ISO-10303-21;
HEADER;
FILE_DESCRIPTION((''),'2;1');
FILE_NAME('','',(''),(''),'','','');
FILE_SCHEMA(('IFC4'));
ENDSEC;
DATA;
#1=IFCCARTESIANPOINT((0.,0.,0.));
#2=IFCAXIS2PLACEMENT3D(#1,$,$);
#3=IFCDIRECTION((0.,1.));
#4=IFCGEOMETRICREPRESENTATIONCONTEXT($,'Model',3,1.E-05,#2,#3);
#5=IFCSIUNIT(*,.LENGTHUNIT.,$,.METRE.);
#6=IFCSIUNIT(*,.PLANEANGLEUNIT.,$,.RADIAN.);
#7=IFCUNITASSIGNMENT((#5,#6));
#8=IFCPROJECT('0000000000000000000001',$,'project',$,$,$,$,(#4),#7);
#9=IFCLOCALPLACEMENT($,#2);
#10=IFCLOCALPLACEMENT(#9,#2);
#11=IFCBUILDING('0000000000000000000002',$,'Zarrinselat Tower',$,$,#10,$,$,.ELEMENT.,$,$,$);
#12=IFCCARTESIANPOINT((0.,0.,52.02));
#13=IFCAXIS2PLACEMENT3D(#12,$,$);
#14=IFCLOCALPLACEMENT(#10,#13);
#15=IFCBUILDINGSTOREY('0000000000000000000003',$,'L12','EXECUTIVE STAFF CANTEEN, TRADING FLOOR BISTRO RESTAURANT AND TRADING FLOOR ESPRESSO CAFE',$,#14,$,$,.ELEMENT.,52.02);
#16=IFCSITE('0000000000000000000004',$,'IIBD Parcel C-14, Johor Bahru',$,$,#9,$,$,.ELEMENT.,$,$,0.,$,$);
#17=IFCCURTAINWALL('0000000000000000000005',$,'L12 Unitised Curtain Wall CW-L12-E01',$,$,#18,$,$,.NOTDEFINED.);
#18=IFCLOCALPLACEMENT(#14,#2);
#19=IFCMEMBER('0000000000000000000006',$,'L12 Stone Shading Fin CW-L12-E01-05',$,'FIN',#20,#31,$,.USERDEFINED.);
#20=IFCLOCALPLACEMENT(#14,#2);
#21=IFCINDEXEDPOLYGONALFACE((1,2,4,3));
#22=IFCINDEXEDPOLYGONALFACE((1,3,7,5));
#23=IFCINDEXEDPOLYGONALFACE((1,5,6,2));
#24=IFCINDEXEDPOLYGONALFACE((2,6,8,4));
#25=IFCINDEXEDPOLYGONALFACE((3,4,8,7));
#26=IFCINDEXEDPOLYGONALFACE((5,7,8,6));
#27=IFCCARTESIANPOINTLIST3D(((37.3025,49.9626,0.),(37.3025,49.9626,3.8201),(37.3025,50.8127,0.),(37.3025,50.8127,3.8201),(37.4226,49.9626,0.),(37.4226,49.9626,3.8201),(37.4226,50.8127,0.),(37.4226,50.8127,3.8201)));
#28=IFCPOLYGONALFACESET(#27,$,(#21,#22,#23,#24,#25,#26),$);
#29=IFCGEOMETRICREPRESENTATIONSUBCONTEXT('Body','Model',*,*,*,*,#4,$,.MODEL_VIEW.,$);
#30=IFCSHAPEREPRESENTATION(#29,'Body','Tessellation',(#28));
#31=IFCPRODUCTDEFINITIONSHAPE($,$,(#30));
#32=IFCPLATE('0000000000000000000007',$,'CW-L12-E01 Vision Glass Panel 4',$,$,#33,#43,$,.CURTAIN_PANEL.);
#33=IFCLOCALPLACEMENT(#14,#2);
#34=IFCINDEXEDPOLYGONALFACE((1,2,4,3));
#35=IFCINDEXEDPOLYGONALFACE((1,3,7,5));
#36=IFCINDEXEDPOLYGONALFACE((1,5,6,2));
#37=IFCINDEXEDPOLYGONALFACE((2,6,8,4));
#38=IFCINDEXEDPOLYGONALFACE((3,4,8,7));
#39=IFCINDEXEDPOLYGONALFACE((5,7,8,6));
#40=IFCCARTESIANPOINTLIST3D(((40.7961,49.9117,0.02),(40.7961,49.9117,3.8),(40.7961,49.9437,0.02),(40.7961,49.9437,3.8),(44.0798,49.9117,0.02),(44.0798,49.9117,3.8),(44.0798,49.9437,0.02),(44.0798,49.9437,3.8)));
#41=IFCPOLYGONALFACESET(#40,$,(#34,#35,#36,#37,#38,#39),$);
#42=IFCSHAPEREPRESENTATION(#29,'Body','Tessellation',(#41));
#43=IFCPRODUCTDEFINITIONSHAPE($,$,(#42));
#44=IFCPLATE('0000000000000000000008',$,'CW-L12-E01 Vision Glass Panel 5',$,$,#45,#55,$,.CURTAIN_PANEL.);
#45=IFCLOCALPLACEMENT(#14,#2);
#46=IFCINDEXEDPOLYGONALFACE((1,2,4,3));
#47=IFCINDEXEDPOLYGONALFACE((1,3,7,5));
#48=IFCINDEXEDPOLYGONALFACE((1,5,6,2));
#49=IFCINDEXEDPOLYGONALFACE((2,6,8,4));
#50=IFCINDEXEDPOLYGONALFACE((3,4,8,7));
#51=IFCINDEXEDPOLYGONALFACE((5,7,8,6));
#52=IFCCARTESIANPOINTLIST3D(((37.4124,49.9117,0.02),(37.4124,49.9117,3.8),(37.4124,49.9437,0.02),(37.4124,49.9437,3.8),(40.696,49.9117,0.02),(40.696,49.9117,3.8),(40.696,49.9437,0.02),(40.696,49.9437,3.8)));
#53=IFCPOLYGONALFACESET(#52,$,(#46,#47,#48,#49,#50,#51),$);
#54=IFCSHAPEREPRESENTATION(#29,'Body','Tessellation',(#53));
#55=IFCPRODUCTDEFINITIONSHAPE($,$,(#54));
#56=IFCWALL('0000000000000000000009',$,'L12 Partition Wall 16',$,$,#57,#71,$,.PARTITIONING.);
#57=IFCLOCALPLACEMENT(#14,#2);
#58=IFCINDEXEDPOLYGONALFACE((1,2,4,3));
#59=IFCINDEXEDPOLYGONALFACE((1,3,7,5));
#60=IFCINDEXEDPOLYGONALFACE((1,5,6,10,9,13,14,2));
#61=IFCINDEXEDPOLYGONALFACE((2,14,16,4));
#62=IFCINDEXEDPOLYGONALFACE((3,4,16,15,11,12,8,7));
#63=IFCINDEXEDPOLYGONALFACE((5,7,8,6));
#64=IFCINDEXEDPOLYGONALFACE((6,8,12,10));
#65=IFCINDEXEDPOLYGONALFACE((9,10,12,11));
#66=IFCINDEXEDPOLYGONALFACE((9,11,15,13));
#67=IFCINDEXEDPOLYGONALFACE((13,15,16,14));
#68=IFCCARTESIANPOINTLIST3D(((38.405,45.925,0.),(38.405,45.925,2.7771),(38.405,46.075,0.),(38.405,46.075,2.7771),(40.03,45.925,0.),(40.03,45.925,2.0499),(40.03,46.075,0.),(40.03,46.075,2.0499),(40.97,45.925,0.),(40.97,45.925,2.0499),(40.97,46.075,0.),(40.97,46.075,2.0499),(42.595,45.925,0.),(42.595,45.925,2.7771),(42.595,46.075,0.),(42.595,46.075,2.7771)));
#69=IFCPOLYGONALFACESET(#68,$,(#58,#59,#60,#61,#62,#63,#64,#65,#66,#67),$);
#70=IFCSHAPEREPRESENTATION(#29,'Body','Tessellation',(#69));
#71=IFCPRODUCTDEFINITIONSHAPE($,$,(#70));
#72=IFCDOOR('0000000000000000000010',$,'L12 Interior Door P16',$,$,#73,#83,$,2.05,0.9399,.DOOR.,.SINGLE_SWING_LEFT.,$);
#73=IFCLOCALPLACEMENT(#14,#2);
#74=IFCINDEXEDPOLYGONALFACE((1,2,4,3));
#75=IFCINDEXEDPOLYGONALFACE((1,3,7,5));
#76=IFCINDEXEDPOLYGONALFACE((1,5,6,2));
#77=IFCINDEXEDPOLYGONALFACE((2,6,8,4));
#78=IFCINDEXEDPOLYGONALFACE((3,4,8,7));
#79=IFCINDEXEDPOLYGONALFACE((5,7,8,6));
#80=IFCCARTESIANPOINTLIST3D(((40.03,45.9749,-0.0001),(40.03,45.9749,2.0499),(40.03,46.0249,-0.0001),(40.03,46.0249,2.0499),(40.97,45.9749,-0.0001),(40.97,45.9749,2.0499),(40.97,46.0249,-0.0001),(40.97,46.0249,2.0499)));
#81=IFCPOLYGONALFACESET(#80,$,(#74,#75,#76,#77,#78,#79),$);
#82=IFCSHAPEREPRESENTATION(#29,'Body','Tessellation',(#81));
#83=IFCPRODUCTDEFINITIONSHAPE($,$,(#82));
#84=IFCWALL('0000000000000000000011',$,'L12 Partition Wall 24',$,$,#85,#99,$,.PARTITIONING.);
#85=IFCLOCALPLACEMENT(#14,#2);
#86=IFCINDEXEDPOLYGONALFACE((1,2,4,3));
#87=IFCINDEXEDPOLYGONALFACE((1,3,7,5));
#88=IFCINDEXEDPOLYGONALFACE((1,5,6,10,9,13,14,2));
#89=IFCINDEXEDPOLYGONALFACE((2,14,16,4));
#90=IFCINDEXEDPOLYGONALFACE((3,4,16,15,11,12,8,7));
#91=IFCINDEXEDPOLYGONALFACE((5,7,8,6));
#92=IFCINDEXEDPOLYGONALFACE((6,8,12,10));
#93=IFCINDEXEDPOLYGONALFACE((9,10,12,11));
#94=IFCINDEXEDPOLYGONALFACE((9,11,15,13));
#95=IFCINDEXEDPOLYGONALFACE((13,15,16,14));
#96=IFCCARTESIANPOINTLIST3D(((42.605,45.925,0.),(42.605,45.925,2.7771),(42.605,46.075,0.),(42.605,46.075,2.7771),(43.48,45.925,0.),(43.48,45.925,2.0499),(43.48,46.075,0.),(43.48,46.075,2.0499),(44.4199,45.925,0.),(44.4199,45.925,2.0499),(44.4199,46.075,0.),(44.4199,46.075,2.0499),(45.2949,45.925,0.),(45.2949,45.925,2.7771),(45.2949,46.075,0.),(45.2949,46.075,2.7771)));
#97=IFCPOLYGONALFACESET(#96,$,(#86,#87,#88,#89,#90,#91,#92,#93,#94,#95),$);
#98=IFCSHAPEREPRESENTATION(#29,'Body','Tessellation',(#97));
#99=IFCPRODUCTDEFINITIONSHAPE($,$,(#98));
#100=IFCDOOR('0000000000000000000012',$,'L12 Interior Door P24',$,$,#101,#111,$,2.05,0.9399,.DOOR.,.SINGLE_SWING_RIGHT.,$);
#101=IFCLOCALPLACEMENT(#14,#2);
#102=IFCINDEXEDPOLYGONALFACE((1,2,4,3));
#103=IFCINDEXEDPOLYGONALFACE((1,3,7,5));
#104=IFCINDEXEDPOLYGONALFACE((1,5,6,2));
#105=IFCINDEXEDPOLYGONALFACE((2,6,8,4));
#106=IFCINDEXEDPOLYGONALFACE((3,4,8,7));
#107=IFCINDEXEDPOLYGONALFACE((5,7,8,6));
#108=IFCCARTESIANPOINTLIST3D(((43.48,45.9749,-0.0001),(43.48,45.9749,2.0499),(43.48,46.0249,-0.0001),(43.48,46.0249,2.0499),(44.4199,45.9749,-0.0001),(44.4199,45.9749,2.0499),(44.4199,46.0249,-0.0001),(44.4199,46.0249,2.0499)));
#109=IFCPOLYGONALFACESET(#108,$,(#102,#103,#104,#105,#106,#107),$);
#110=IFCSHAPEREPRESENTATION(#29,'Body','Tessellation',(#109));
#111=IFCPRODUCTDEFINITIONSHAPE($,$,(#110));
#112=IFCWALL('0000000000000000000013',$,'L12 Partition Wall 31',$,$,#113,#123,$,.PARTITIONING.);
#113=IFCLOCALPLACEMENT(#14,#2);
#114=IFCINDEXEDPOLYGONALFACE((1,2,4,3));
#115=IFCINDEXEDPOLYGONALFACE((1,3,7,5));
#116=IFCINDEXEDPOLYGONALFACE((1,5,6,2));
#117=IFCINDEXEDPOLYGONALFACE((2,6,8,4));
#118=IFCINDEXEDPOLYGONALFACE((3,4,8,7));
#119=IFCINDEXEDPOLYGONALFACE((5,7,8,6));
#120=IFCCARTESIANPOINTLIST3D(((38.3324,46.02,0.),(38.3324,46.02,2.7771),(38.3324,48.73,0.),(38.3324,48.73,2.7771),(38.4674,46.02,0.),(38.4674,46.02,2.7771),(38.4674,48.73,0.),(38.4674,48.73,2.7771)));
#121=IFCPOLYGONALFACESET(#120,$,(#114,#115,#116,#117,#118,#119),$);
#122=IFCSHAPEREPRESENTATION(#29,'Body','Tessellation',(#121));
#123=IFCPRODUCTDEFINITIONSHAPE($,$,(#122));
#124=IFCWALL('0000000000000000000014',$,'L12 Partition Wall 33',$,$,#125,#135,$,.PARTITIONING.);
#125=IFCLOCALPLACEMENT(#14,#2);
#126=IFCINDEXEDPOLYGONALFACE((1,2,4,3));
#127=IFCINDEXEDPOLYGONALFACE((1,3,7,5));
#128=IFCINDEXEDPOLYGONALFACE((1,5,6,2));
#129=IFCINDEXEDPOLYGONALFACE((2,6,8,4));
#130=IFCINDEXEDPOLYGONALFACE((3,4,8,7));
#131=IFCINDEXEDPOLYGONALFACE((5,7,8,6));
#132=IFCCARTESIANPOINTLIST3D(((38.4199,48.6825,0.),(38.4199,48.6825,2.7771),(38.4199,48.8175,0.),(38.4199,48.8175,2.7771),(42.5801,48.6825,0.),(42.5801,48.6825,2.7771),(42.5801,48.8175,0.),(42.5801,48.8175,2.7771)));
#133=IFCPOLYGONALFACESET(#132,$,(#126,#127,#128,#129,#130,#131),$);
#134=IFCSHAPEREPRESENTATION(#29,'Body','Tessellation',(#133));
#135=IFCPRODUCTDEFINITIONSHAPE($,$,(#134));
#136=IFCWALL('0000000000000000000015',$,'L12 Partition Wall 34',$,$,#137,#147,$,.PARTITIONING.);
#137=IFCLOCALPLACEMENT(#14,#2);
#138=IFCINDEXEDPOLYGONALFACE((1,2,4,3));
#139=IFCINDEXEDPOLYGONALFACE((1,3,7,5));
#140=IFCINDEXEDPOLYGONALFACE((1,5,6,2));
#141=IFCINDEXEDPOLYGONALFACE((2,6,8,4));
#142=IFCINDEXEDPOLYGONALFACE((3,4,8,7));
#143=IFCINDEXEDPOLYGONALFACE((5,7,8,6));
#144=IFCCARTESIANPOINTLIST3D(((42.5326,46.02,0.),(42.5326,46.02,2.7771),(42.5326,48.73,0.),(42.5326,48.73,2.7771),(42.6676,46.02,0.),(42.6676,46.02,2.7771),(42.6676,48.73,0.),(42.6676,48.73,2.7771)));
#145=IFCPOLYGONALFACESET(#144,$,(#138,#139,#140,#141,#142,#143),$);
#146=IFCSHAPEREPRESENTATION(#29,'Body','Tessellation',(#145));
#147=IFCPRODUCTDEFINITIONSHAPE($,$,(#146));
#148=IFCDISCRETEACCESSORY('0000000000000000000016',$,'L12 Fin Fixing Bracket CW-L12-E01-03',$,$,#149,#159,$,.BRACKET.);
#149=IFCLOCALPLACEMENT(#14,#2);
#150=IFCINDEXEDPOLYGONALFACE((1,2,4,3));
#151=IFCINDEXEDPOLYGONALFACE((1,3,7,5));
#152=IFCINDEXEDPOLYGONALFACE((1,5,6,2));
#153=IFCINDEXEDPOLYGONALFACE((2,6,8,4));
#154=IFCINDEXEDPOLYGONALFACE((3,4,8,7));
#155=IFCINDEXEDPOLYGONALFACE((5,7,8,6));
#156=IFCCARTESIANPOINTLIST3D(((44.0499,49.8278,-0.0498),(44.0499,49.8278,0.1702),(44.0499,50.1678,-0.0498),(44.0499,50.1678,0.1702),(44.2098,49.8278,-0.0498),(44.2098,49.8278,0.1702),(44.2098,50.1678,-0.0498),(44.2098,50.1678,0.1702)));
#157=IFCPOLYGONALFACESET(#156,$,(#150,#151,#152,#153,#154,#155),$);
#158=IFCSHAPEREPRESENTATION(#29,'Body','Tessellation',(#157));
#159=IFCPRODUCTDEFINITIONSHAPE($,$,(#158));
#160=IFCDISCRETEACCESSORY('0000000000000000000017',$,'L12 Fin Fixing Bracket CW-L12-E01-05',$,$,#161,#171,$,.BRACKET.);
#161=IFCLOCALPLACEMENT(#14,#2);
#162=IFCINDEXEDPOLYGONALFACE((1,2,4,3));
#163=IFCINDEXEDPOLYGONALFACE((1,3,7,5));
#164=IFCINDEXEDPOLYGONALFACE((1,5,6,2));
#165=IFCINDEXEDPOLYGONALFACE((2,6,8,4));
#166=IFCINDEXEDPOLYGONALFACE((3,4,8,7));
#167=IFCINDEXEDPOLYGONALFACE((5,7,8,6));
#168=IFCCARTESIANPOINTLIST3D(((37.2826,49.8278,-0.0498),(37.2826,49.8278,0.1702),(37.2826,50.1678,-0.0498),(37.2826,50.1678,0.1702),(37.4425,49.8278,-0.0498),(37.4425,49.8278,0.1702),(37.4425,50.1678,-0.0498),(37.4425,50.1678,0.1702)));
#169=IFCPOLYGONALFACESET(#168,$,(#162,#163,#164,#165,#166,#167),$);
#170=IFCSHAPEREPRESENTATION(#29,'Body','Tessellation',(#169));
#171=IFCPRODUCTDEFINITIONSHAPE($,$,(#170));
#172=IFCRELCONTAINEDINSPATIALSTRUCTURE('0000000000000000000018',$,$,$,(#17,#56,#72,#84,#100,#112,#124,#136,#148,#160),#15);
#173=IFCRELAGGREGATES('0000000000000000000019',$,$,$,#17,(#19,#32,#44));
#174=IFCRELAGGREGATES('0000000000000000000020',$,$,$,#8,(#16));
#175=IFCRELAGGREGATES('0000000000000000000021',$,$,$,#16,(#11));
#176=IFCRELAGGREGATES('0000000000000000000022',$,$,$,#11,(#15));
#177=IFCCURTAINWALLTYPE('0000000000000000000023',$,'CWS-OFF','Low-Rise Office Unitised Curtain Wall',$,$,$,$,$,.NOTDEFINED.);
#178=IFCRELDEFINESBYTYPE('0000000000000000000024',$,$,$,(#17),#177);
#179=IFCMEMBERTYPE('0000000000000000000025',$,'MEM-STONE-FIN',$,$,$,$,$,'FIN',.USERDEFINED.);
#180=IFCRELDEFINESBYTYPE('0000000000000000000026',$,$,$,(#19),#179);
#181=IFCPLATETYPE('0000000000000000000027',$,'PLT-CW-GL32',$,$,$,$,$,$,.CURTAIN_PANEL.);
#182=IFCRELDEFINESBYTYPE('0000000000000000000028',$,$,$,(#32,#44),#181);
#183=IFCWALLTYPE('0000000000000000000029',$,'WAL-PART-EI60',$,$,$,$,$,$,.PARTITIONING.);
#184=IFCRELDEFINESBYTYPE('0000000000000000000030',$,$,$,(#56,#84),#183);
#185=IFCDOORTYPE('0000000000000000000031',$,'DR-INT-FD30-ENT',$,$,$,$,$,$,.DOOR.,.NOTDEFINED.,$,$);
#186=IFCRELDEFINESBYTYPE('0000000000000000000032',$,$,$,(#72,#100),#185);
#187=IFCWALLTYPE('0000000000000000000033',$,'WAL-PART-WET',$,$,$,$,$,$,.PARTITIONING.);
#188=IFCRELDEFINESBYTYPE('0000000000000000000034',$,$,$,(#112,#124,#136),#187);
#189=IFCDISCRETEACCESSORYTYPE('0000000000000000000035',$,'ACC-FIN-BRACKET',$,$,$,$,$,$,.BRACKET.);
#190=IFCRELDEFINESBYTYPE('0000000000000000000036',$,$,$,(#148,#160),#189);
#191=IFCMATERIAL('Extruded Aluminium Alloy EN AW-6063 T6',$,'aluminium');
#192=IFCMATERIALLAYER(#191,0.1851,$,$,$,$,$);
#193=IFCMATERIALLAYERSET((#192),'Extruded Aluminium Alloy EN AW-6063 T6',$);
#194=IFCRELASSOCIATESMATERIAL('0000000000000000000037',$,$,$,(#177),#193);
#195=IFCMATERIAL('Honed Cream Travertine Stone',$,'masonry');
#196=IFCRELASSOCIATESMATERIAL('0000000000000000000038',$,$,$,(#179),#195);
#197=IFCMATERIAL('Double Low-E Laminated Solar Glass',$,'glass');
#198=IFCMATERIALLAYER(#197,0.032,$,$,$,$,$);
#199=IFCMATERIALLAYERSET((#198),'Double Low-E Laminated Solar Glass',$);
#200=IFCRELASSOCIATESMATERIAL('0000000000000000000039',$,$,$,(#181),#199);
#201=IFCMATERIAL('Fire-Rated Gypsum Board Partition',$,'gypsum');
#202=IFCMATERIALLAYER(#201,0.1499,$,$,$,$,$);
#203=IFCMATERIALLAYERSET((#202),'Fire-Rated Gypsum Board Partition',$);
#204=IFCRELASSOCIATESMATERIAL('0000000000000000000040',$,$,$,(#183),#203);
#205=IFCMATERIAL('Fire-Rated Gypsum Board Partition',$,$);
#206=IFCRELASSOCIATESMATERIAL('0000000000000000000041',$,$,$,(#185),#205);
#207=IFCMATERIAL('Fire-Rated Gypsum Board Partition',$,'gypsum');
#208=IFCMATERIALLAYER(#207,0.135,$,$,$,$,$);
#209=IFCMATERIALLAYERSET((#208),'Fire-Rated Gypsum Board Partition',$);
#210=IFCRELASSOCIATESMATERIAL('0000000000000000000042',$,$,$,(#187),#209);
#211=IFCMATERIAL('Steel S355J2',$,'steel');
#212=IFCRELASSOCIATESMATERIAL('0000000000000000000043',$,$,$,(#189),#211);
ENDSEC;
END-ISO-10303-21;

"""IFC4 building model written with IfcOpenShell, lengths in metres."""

from ifc_helpers import new_model, si_unit, direction, frame, frame_2d, origin, origin_2d, place, context, subcontext, project, spatial, rectangle, extrude, material, layer, layer_set, material_profile, profile_set, type_object, element, fill, aggregate, save


model = new_model("IFC4")

# Units and contexts
model_context = context("Model", 3, precision=1e-05, world=origin(), true_north=direction((0.0, 1.0)))
body_context = subcontext(model_context, "Body", "Model", "MODEL_VIEW")
ifc_project = project(units=[si_unit("LENGTHUNIT", "METRE"), si_unit("PLANEANGLEUNIT", "RADIAN")], contexts=[model_context])

# Site, building, storey
site_placement = place(None, origin())
site = spatial("IfcSite", under=ifc_project, at=site_placement, Name="IIBD Parcel C-14, Johor Bahru", CompositionType="ELEMENT", RefElevation=0.0)
building_placement = place(site_placement, origin())
building = spatial("IfcBuilding", under=site, at=building_placement, Name="Zarrinselat Tower", CompositionType="ELEMENT")
storey_placement = place(building_placement, frame((0.0, 0.0, 52.02)))
storey = spatial("IfcBuildingStorey", under=building, at=storey_placement, Name="L12", Description="EXECUTIVE STAFF CANTEEN, TRADING FLOOR BISTRO RESTAURANT AND TRADING FLOOR ESPRESSO CAFE", CompositionType="ELEMENT", Elevation=52.02)

# Curtain wall, member, plates
ifc_material_1 = material(Name="Extruded Aluminium Alloy EN AW-6063 T6", Category="aluminium")
ifc_layer_1 = layer(ifc_material_1, 0.1851)
ifc_layer_set_1 = layer_set([ifc_layer_1], Name="Extruded Aluminium Alloy EN AW-6063 T6")
curtain_wall_type = type_object("IfcCurtainWallType", Name="CWS-OFF", Description="Low-Rise Office Unitised Curtain Wall", PredefinedType="NOTDEFINED", material=ifc_layer_set_1)
curtain_wall_placement = place(storey_placement, origin())
curtain_wall = element("IfcCurtainWall", 1, at=curtain_wall_placement, inside=storey, type_object=curtain_wall_type, Name="L12 Unitised Curtain Wall CW-L12-E01", PredefinedType="NOTDEFINED")
ifc_material_2 = material(Name="Honed Cream Travertine Stone", Category="masonry")
ifc_material_profile_1 = material_profile(ifc_material_2, rectangle(XDim=0.1201, YDim=0.8501, at=origin_2d()), Name="FIN 850x120")
ifc_profile_set_1 = profile_set([ifc_material_profile_1], Name="Honed Cream Travertine Stone")
member_type_1 = type_object("IfcMemberType", Name="MEM-STONE-FIN", ElementType="FIN", PredefinedType="USERDEFINED", material=ifc_profile_set_1)
member_1_placement = place(storey_placement, frame((37.3625, 50.3877, 0.0), z_axis=(0.0, 0.0, 1.0), x_axis=(1.0, 0.0, 0.0)))
member_1 = element("IfcMember", 2, at=member_1_placement, type_object=member_type_1, Name="L12 Stone Shading Fin CW-L12-E01-05", ObjectType="FIN", PredefinedType="USERDEFINED", context=body_context, shape_type="SweptSolid", body=[
    extrude(rectangle(XDim=0.1201, YDim=0.8501, at=origin_2d()), origin(), (0.0, 0.0, 1.0), 3.8201),
])
ifc_material_3 = material(Name="Double Low-E Laminated Solar Glass", Category="glass")
ifc_layer_2 = layer(ifc_material_3, 0.032)
ifc_layer_set_2 = layer_set([ifc_layer_2], Name="Double Low-E Laminated Solar Glass")
plate_type = type_object("IfcPlateType", Name="PLT-CW-GL32", PredefinedType="CURTAIN_PANEL", material=ifc_layer_set_2)
plate_1_placement = place(storey_placement, frame((42.438, 49.9277, 0.02), z_axis=(0.0, 0.0, 1.0), x_axis=(-1.0, 0.0, 0.0)))
plate_1 = element("IfcPlate", 3, at=plate_1_placement, type_object=plate_type, Name="CW-L12-E01 Vision Glass Panel 4", PredefinedType="CURTAIN_PANEL", context=body_context, shape_type="SweptSolid", body=[
    extrude(rectangle(XDim=3.2837, YDim=0.032, at=origin_2d()), origin(), (0.0, 0.0, 1.0), 3.78),
])
plate_2_placement = place(storey_placement, frame((39.0542, 49.9277, 0.02), z_axis=(0.0, 0.0, 1.0), x_axis=(-1.0, 0.0, 0.0)))
plate_2 = element("IfcPlate", 4, at=plate_2_placement, type_object=plate_type, Name="CW-L12-E01 Vision Glass Panel 5", PredefinedType="CURTAIN_PANEL", context=body_context, shape_type="SweptSolid", body=[
    extrude(rectangle(XDim=3.2837, YDim=0.032, at=origin_2d()), origin(), (0.0, 0.0, 1.0), 3.78),
])
aggregate(curtain_wall, [member_1, plate_1, plate_2])

# Walls, openings, doors
ifc_material_4 = material(Name="Fire-Rated Gypsum Board Partition", Category="gypsum")
ifc_layer_3 = layer(ifc_material_4, 0.1499)
ifc_layer_set_3 = layer_set([ifc_layer_3], Name="Fire-Rated Gypsum Board Partition")
wall_type_1 = type_object("IfcWallType", Name="WAL-PART-EI60", PredefinedType="PARTITIONING", material=ifc_layer_set_3)
wall_1_placement = place(storey_placement, frame((38.405, 46.0, 0.0), z_axis=(0.0, 0.0, 1.0), x_axis=(1.0, 0.0, 0.0)))
wall_1 = element("IfcWall", 5, at=wall_1_placement, inside=storey, type_object=wall_type_1, Name="L12 Partition Wall 16", PredefinedType="PARTITIONING", context=body_context, shape_type="SweptSolid", body=[
    extrude(rectangle(XDim=4.1899, YDim=0.1499, at=frame_2d((2.095, 0.0))), origin(), (0.0, 0.0, 1.0), 2.7771),
])
opening_1_placement = place(wall_1_placement, frame((1.625, 0.0, 0.0)))
opening_1 = element("IfcOpeningElement", 6, at=opening_1_placement, cuts=wall_1, PredefinedType="OPENING", context=body_context, shape_type="SweptSolid", body=[
    extrude(rectangle(XDim=0.9399, YDim=2.05, at=frame_2d((0.47, 1.0249))), frame((0.0, 0.085, 0.0), z_axis=(0.0, -1.0, 0.0), x_axis=(1.0, 0.0, 0.0)), (0.0, 0.0, 1.0), 0.1699),
])
ifc_material_5 = material(Name="Fire-Rated Gypsum Board Partition")
door_type = type_object("IfcDoorType", Name="DR-INT-FD30-ENT", OperationType="NOTDEFINED", PredefinedType="DOOR", material=ifc_material_5)
door_1_placement = place(opening_1_placement, origin())
door_1 = element("IfcDoor", 7, at=door_1_placement, inside=storey, type_object=door_type, Name="L12 Interior Door P16", OperationType="SINGLE_SWING_LEFT", OverallHeight=2.05, OverallWidth=0.9399, PredefinedType="DOOR", context=body_context, shape_type="SweptSolid", body=[
    extrude(rectangle(XDim=0.9399, YDim=2.05, at=frame_2d((0.47, 1.0249))), frame((0.0, 0.0249, 0.0), z_axis=(0.0, -1.0, 0.0), x_axis=(1.0, 0.0, 0.0)), (0.0, 0.0, 1.0), 0.05),
])
fill(opening_1, door_1)
wall_2_placement = place(storey_placement, frame((42.605, 46.0, 0.0), z_axis=(0.0, 0.0, 1.0), x_axis=(1.0, 0.0, 0.0)))
wall_2 = element("IfcWall", 8, at=wall_2_placement, inside=storey, type_object=wall_type_1, Name="L12 Partition Wall 24", PredefinedType="PARTITIONING", context=body_context, shape_type="SweptSolid", body=[
    extrude(rectangle(XDim=2.6899, YDim=0.1499, at=frame_2d((1.345, 0.0))), origin(), (0.0, 0.0, 1.0), 2.7771),
])
opening_2_placement = place(wall_2_placement, frame((0.875, 0.0, 0.0)))
opening_2 = element("IfcOpeningElement", 9, at=opening_2_placement, cuts=wall_2, PredefinedType="OPENING", context=body_context, shape_type="SweptSolid", body=[
    extrude(rectangle(XDim=0.9399, YDim=2.05, at=frame_2d((0.47, 1.0249))), frame((0.0, 0.085, 0.0), z_axis=(0.0, -1.0, 0.0), x_axis=(1.0, 0.0, 0.0)), (0.0, 0.0, 1.0), 0.1699),
])
door_2_placement = place(opening_2_placement, origin())
door_2 = element("IfcDoor", 10, at=door_2_placement, inside=storey, type_object=door_type, Name="L12 Interior Door P24", OperationType="SINGLE_SWING_RIGHT", OverallHeight=2.05, OverallWidth=0.9399, PredefinedType="DOOR", context=body_context, shape_type="SweptSolid", body=[
    extrude(rectangle(XDim=0.9399, YDim=2.05, at=frame_2d((0.47, 1.0249))), frame((0.0, 0.0249, 0.0), z_axis=(0.0, -1.0, 0.0), x_axis=(1.0, 0.0, 0.0)), (0.0, 0.0, 1.0), 0.05),
])
fill(opening_2, door_2)

# Walls
ifc_material_6 = material(Name="Fire-Rated Gypsum Board Partition", Category="gypsum")
ifc_layer_4 = layer(ifc_material_6, 0.135)
ifc_layer_set_4 = layer_set([ifc_layer_4], Name="Fire-Rated Gypsum Board Partition")
wall_type_2 = type_object("IfcWallType", Name="WAL-PART-WET", PredefinedType="PARTITIONING", material=ifc_layer_set_4)
wall_3_placement = place(storey_placement, frame((38.3999, 46.02, 0.0), z_axis=(0.0, 0.0, 1.0), x_axis=(0.0, 1.0, 0.0)))
element("IfcWall", 11, at=wall_3_placement, inside=storey, type_object=wall_type_2, Name="L12 Partition Wall 31", PredefinedType="PARTITIONING", context=body_context, shape_type="SweptSolid", body=[
    extrude(rectangle(XDim=2.71, YDim=0.135, at=frame_2d((1.355, 0.0))), origin(), (0.0, 0.0, 1.0), 2.7771),
])
wall_4_placement = place(storey_placement, frame((38.4199, 48.75, 0.0), z_axis=(0.0, 0.0, 1.0), x_axis=(1.0, 0.0, 0.0)))
element("IfcWall", 12, at=wall_4_placement, inside=storey, type_object=wall_type_2, Name="L12 Partition Wall 33", PredefinedType="PARTITIONING", context=body_context, shape_type="SweptSolid", body=[
    extrude(rectangle(XDim=4.1602, YDim=0.135, at=frame_2d((2.0801, 0.0))), origin(), (0.0, 0.0, 1.0), 2.7771),
])
wall_5_placement = place(storey_placement, frame((42.6001, 46.02, 0.0), z_axis=(0.0, 0.0, 1.0), x_axis=(0.0, 1.0, 0.0)))
element("IfcWall", 13, at=wall_5_placement, inside=storey, type_object=wall_type_2, Name="L12 Partition Wall 34", PredefinedType="PARTITIONING", context=body_context, shape_type="SweptSolid", body=[
    extrude(rectangle(XDim=2.71, YDim=0.135, at=frame_2d((1.355, 0.0))), origin(), (0.0, 0.0, 1.0), 2.7771),
])

# Discrete accessories
ifc_material_7 = material(Name="Steel S355J2", Category="steel")
discrete_accessory_type = type_object("IfcDiscreteAccessoryType", Name="ACC-FIN-BRACKET", PredefinedType="BRACKET", material=ifc_material_7)
for number, where, z_axis, x_axis, name in (
    (14, (44.1299, 49.9978, -0.0498), (0.0, 0.0, 1.0), (0.0, 1.0, 0.0), "L12 Fin Fixing Bracket CW-L12-E01-03"),
    (15, (37.3625, 49.9978, -0.0498), (0.0, 0.0, 1.0), (0.0, 1.0, 0.0), "L12 Fin Fixing Bracket CW-L12-E01-05"),
):
    element("IfcDiscreteAccessory", number, at=place(storey_placement, frame(where, z_axis=z_axis, x_axis=x_axis)), inside=storey, type_object=discrete_accessory_type, Name=name, PredefinedType="BRACKET", context=body_context, shape_type="SweptSolid", body=[
        extrude(rectangle(XDim=0.3401, YDim=0.1599, at=origin_2d()), origin(), (0.0, 0.0, 1.0), 0.22),
    ])

save(model, "model.ifc")
